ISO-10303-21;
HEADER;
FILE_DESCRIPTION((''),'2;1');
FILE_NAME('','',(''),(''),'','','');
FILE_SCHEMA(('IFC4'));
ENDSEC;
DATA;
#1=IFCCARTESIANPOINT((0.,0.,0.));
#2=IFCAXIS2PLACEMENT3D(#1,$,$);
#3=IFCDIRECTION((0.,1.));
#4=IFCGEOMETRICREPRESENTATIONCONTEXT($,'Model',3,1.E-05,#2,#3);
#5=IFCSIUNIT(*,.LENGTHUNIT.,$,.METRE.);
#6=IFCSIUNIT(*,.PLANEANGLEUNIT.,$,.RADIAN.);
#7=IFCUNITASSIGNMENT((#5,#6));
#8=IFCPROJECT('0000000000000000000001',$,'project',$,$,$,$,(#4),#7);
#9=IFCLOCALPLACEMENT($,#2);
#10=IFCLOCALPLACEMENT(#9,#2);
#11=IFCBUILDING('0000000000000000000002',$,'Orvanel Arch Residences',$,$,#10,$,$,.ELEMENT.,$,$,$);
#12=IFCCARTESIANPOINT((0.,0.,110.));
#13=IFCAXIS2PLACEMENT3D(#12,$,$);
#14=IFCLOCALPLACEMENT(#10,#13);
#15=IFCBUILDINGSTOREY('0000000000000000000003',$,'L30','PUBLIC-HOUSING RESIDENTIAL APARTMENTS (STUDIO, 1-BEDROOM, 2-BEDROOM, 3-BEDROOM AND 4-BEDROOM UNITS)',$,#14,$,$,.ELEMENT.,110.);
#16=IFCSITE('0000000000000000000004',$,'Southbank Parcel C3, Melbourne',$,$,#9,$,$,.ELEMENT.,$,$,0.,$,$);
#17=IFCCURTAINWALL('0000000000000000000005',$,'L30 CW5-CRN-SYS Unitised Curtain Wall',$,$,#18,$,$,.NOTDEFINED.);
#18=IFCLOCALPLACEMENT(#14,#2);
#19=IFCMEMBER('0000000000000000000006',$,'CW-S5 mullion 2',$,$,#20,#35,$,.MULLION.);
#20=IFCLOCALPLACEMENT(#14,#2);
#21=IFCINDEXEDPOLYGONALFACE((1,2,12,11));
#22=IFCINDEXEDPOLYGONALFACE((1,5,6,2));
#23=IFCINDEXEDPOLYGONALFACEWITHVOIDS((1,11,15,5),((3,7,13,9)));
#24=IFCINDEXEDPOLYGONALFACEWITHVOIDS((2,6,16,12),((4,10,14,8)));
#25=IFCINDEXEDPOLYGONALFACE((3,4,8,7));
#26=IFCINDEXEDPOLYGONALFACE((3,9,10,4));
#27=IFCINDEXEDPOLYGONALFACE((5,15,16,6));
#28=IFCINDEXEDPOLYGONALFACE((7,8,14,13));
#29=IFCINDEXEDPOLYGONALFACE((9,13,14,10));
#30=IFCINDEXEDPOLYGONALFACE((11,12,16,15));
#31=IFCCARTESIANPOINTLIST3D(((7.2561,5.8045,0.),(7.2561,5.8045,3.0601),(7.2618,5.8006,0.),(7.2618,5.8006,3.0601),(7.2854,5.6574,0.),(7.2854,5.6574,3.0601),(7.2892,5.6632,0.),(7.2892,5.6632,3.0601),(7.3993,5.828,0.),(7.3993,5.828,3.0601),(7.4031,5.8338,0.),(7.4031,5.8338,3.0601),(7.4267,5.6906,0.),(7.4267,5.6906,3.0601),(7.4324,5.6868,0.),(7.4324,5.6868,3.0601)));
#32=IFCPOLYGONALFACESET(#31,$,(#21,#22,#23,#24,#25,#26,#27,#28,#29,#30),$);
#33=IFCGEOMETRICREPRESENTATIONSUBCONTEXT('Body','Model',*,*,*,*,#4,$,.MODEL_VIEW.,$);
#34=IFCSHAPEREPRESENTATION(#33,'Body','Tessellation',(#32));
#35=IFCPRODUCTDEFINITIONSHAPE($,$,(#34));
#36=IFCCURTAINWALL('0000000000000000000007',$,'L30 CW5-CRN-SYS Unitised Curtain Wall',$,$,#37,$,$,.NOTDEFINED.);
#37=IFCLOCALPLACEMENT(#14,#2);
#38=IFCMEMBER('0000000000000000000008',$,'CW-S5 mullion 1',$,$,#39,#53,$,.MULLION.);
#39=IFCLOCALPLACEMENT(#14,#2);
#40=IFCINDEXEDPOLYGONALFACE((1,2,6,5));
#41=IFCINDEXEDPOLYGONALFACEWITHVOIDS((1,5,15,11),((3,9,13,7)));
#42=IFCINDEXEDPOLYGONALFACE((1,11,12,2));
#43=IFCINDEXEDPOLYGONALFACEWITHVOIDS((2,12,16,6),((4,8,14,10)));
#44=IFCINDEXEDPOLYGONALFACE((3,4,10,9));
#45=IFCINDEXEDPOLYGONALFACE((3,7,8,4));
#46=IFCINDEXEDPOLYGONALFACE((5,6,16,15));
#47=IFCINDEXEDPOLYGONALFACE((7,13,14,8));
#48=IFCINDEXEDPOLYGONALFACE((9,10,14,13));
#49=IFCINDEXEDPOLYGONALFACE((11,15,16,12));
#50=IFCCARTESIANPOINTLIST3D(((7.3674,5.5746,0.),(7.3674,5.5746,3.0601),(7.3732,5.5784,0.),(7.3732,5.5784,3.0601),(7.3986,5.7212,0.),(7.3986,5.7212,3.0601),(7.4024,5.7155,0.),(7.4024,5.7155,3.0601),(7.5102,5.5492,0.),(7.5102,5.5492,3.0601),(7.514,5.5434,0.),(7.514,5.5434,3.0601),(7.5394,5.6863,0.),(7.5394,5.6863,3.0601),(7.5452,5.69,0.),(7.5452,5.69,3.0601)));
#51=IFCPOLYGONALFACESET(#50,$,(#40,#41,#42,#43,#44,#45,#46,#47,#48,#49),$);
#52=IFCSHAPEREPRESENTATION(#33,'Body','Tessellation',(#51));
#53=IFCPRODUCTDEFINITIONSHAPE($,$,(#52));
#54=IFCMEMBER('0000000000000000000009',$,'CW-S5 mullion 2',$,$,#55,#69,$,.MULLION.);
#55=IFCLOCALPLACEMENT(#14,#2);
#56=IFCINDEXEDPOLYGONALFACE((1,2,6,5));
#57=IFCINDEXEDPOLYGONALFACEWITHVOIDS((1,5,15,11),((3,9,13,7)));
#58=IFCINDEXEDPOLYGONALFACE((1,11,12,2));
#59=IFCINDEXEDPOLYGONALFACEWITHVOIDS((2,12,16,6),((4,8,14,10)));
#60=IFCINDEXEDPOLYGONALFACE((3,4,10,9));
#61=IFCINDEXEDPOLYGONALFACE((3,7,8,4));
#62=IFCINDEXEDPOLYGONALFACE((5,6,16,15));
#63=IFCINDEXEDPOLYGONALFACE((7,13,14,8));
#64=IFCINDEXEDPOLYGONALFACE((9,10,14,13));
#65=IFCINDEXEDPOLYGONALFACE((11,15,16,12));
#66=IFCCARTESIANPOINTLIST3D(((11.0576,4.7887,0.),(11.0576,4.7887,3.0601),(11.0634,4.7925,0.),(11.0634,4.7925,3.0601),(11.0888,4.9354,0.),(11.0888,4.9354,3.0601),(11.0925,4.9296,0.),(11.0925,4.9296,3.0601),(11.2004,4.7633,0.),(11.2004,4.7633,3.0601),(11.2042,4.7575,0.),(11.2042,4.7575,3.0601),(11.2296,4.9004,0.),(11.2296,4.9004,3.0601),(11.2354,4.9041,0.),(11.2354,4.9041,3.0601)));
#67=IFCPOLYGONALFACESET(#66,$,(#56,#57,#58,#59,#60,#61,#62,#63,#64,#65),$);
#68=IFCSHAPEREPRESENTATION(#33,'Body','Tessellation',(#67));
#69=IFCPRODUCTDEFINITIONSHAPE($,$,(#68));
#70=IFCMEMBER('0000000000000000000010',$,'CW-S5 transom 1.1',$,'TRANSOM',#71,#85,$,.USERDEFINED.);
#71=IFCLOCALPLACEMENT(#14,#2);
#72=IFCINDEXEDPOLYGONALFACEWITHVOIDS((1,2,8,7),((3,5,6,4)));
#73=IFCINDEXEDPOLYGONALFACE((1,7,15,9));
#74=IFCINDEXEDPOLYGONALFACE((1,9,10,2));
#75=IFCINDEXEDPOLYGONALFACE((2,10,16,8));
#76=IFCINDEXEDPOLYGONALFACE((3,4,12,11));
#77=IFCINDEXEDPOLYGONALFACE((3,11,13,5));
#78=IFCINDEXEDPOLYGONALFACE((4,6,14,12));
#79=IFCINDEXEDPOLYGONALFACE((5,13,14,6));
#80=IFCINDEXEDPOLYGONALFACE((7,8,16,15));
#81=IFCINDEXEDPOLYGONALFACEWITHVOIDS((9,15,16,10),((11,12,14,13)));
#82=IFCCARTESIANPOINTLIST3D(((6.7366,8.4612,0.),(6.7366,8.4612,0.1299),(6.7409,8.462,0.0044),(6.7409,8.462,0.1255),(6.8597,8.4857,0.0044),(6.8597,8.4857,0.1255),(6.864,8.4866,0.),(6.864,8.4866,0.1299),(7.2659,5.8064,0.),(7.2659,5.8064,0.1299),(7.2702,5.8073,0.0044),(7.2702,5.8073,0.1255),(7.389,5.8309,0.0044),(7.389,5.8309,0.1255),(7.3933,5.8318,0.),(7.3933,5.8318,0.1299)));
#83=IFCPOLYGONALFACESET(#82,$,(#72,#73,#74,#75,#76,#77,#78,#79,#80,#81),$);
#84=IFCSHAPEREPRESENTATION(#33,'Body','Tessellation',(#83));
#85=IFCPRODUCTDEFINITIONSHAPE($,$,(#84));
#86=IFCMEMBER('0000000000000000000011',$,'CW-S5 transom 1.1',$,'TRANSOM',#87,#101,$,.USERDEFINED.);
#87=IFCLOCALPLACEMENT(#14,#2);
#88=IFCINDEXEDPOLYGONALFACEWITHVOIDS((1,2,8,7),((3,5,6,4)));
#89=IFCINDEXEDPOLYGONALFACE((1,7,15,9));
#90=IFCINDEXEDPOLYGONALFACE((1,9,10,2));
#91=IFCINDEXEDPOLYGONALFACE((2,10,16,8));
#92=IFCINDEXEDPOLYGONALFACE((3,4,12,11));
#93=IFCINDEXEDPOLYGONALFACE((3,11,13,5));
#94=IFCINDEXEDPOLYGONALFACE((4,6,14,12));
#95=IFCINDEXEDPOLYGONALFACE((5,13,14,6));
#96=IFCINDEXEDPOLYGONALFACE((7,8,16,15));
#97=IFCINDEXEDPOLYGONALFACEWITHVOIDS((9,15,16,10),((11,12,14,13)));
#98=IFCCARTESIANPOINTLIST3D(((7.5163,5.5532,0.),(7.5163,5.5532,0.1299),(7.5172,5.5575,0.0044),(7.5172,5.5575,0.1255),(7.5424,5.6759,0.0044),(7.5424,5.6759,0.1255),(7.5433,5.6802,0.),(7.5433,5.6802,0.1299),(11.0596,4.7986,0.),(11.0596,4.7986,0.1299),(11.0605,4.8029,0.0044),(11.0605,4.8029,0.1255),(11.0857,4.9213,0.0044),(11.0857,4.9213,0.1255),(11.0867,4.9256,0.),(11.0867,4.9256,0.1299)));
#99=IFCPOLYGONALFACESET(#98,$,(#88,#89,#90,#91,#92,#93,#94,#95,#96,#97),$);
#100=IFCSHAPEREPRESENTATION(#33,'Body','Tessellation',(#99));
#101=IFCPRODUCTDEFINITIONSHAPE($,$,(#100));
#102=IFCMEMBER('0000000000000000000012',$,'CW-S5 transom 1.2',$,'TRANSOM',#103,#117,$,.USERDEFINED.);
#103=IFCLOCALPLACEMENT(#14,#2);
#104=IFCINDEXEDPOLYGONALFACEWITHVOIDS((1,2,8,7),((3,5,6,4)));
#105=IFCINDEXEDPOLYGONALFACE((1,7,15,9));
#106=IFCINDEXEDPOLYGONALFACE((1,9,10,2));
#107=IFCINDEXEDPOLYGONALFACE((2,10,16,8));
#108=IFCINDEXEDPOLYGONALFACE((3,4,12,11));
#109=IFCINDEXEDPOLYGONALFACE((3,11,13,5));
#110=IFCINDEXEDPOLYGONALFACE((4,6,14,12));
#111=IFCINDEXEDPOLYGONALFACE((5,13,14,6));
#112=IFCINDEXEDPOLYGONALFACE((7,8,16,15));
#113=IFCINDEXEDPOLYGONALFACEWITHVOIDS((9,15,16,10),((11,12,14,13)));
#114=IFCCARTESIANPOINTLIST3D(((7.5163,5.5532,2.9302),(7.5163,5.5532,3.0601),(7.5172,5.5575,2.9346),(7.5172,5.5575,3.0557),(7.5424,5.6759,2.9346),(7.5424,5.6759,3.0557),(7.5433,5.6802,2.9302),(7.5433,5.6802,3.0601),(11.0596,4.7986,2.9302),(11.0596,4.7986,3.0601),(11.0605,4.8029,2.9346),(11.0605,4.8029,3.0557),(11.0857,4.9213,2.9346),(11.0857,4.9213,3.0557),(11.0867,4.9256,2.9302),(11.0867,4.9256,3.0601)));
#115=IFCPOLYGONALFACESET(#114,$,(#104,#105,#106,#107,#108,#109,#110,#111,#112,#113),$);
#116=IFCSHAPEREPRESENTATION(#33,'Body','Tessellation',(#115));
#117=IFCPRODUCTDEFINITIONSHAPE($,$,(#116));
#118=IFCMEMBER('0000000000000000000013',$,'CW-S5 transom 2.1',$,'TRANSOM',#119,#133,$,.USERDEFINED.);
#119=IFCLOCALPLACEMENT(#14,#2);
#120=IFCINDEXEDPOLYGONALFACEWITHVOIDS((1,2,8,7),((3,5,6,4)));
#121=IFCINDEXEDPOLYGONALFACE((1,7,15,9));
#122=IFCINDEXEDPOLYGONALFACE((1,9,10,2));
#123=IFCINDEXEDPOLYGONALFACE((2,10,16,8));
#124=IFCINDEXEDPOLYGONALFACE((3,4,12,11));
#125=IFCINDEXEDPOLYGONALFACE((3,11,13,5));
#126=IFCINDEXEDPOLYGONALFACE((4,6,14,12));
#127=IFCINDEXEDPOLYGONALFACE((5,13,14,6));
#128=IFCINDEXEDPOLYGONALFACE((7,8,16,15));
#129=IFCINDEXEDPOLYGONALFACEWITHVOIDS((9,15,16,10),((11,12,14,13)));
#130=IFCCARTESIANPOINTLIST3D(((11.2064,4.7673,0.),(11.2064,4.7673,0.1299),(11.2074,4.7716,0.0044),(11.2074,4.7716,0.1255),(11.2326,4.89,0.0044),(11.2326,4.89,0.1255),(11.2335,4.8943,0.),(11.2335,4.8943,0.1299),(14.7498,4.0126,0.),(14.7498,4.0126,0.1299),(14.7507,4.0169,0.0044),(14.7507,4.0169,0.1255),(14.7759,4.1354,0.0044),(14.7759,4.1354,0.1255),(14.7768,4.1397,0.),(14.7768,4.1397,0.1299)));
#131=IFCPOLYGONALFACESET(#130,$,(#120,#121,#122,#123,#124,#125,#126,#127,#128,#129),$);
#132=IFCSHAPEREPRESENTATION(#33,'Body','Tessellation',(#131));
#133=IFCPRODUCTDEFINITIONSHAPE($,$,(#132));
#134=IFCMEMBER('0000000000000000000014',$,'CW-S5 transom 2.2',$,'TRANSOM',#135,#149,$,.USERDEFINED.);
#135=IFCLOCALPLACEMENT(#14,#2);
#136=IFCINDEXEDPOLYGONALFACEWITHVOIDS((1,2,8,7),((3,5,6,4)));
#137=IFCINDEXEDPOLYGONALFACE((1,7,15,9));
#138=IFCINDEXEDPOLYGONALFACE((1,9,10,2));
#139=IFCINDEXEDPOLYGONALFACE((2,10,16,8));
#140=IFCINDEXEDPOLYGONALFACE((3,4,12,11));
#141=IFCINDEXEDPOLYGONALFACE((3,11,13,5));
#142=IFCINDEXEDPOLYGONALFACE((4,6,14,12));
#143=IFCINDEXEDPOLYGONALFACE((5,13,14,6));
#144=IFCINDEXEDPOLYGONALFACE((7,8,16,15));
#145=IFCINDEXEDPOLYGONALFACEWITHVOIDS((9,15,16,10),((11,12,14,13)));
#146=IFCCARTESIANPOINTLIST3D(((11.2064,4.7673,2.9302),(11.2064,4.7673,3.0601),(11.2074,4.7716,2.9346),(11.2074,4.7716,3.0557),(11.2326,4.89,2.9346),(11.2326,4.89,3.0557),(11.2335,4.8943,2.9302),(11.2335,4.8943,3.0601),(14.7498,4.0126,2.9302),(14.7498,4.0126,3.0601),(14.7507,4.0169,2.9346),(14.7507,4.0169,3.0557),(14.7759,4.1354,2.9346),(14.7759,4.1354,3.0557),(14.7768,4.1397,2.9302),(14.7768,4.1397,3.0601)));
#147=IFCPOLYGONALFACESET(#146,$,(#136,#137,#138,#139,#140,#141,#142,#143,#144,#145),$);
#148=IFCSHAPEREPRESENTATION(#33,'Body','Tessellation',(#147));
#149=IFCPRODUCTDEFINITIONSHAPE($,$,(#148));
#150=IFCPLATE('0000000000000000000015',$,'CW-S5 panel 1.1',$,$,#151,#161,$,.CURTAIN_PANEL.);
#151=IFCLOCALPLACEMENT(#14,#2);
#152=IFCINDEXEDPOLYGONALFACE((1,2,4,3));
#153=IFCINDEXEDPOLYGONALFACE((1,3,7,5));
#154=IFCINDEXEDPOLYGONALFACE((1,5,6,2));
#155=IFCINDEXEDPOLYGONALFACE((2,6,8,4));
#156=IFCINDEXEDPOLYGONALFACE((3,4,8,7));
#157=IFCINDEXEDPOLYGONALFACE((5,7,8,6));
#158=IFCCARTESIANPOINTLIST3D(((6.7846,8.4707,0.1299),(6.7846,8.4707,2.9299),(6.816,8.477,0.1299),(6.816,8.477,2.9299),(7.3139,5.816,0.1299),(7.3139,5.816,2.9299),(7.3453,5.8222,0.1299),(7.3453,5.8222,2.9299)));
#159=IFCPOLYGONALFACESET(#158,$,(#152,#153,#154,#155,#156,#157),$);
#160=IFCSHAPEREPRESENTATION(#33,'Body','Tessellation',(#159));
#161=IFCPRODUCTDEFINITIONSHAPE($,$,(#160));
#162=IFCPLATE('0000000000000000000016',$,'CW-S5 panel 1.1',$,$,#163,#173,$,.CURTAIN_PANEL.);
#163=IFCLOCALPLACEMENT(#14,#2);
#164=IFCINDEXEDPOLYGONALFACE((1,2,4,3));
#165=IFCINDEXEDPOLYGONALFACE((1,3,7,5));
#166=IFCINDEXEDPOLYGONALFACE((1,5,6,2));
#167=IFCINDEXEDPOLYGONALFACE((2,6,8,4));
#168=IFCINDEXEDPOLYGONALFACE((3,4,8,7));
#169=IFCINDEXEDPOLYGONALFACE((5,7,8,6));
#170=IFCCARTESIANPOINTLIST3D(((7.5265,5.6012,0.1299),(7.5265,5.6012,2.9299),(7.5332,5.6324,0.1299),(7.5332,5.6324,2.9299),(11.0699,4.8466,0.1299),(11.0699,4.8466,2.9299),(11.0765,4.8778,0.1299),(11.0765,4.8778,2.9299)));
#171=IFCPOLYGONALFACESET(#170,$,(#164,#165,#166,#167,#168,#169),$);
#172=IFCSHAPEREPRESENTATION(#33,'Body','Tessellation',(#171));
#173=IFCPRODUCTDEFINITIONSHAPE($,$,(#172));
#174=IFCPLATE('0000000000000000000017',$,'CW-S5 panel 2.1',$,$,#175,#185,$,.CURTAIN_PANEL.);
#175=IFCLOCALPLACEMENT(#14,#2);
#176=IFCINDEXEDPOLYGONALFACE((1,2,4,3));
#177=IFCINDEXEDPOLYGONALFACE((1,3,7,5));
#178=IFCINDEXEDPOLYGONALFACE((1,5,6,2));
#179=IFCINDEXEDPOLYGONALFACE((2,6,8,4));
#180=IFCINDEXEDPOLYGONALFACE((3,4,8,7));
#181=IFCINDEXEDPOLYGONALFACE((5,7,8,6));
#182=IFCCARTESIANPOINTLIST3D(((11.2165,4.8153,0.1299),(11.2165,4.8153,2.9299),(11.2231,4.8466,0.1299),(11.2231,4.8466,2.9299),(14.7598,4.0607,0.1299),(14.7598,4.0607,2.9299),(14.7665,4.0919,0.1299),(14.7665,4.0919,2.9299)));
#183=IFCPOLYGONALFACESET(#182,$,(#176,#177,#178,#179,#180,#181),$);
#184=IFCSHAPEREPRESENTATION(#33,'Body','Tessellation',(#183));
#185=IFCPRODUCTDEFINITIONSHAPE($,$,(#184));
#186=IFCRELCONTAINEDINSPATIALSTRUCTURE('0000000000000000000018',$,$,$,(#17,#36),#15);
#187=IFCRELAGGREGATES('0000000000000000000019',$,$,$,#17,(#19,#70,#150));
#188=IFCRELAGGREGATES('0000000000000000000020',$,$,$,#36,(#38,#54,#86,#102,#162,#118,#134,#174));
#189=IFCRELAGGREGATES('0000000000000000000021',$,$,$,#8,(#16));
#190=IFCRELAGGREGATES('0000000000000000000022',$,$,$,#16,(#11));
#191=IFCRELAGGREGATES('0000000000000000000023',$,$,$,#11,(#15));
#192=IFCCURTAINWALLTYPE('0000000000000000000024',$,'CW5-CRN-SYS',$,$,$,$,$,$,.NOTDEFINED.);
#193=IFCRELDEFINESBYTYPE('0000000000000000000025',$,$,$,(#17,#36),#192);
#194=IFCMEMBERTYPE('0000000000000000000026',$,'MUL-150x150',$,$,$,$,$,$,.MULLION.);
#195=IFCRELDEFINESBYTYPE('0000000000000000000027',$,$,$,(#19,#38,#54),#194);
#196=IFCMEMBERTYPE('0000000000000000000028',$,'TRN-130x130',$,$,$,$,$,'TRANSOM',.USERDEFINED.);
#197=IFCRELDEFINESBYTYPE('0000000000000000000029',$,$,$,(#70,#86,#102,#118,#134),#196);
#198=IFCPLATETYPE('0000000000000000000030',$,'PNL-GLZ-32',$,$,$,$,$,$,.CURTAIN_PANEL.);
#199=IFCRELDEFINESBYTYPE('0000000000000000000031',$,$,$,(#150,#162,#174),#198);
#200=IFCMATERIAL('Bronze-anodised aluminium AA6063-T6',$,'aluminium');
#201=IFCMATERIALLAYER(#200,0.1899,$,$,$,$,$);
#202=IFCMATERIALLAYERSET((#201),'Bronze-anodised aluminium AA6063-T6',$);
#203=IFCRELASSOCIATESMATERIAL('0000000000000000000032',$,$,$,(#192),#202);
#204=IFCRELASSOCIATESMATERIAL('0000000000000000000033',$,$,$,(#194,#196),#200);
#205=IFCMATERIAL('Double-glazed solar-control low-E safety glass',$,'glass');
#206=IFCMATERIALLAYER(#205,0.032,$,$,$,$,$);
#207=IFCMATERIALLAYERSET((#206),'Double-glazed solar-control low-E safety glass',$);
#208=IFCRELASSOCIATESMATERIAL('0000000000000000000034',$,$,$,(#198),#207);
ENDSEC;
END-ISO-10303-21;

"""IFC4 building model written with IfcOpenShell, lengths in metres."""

from ifc_helpers import new_model, si_unit, direction, frame, origin, origin_2d, place, context, subcontext, project, spatial, rectangle, hollow_rectangle, extrude, material, layer, layer_set, material_profile, profile_set, type_object, element, aggregate, save


model = new_model("IFC4")

# Units and contexts
model_context = context("Model", 3, precision=1e-05, world=origin(), true_north=direction((0.0, 1.0)))
body_context = subcontext(model_context, "Body", "Model", "MODEL_VIEW")
ifc_project = project(units=[si_unit("LENGTHUNIT", "METRE"), si_unit("PLANEANGLEUNIT", "RADIAN")], contexts=[model_context])

# Site, building, storey
site_placement = place(None, origin())
site = spatial("IfcSite", under=ifc_project, at=site_placement, Name="Southbank Parcel C3, Melbourne", CompositionType="ELEMENT", RefElevation=0.0)
building_placement = place(site_placement, origin())
building = spatial("IfcBuilding", under=site, at=building_placement, Name="Orvanel Arch Residences", CompositionType="ELEMENT")
storey_placement = place(building_placement, frame((0.0, 0.0, 110.0)))
storey = spatial("IfcBuildingStorey", under=building, at=storey_placement, Name="L30", Description="PUBLIC-HOUSING RESIDENTIAL APARTMENTS (STUDIO, 1-BEDROOM, 2-BEDROOM, 3-BEDROOM AND 4-BEDROOM UNITS)", CompositionType="ELEMENT", Elevation=110.0)

# Curtain wall, member
ifc_material_1 = material(Name="Bronze-anodised aluminium AA6063-T6", Category="aluminium")
ifc_layer_1 = layer(ifc_material_1, 0.1899)
ifc_layer_set_1 = layer_set([ifc_layer_1], Name="Bronze-anodised aluminium AA6063-T6")
curtain_wall_type = type_object("IfcCurtainWallType", Name="CW5-CRN-SYS", PredefinedType="NOTDEFINED", material=ifc_layer_set_1)
curtain_wall_1_placement = place(storey_placement, origin())
curtain_wall_1 = element("IfcCurtainWall", 1, at=curtain_wall_1_placement, inside=storey, type_object=curtain_wall_type, Name="L30 CW5-CRN-SYS Unitised Curtain Wall", PredefinedType="NOTDEFINED")
ifc_material_profile_1 = material_profile(ifc_material_1, hollow_rectangle(XDim=0.1499, YDim=0.1499, WallThickness=0.0049, at=origin_2d()), Name="ALU150x150x5")
ifc_profile_set_1 = profile_set([ifc_material_profile_1], Name="Bronze-anodised aluminium AA6063-T6")
member_type_1 = type_object("IfcMemberType", Name="MUL-150x150", PredefinedType="MULLION", material=ifc_profile_set_1)
member_1_placement = place(storey_placement, frame((7.3442, 5.7456, 0.0), z_axis=(0.0, 0.0, 1.0), x_axis=(0.980696, 0.195541, 0.0)))
member_1 = element("IfcMember", 2, at=member_1_placement, type_object=member_type_1, Name="CW-S5 mullion 2", PredefinedType="MULLION", context=body_context, shape_type="SweptSolid", body=[
    extrude(hollow_rectangle(XDim=0.1499, YDim=0.1499, WallThickness=0.0049, at=origin_2d()), origin(), (0.0, 0.0, 1.0), 3.0601),
])

# Curtain wall, members
curtain_wall_2_placement = place(storey_placement, origin())
curtain_wall_2 = element("IfcCurtainWall", 3, at=curtain_wall_2_placement, inside=storey, type_object=curtain_wall_type, Name="L30 CW5-CRN-SYS Unitised Curtain Wall", PredefinedType="NOTDEFINED")
member_2_placement = place(storey_placement, frame((7.4563, 5.6323, 0.0), z_axis=(0.0, 0.0, 1.0), x_axis=(0.208295, 0.978066, 0.0)))
member_2 = element("IfcMember", 4, at=member_2_placement, type_object=member_type_1, Name="CW-S5 mullion 1", PredefinedType="MULLION", context=body_context, shape_type="SweptSolid", body=[
    extrude(hollow_rectangle(XDim=0.1499, YDim=0.1499, WallThickness=0.0049, at=origin_2d()), origin(), (0.0, 0.0, 1.0), 3.0601),
])
member_3_placement = place(storey_placement, frame((11.1465, 4.8464, 0.0), z_axis=(0.0, 0.0, 1.0), x_axis=(0.208295, 0.978066, 0.0)))
member_3 = element("IfcMember", 5, at=member_3_placement, type_object=member_type_1, Name="CW-S5 mullion 2", PredefinedType="MULLION", context=body_context, shape_type="SweptSolid", body=[
    extrude(hollow_rectangle(XDim=0.1499, YDim=0.1499, WallThickness=0.0049, at=origin_2d()), origin(), (0.0, 0.0, 1.0), 3.0601),
])

# Members
ifc_material_profile_2 = material_profile(ifc_material_1, hollow_rectangle(XDim=0.1299, YDim=0.1299, WallThickness=0.0044, at=origin_2d()), Name="ALU130x130x4.5")
ifc_profile_set_2 = profile_set([ifc_material_profile_2], Name="Bronze-anodised aluminium AA6063-T6")
member_type_2 = type_object("IfcMemberType", Name="TRN-130x130", ElementType="TRANSOM", PredefinedType="USERDEFINED", material=ifc_profile_set_2)
member_4_placement = place(storey_placement, frame((6.8003, 8.4739, 0.0649), z_axis=(0.195526, -0.980698, 0.0), x_axis=(0.980698, 0.195526, 0.0)))
member_4 = element("IfcMember", 6, at=member_4_placement, type_object=member_type_2, Name="CW-S5 transom 1.1", ObjectType="TRANSOM", PredefinedType="USERDEFINED", context=body_context, shape_type="SweptSolid", body=[
    extrude(hollow_rectangle(XDim=0.1299, YDim=0.1299, WallThickness=0.0044, at=origin_2d()), origin(), (0.0, 0.0, 1.0), 2.707),
])
member_5_placement = place(storey_placement, frame((7.5298, 5.6167, 0.0649), z_axis=(0.978066, -0.208296, 0.0), x_axis=(0.208296, 0.978066, 0.0)))
member_5 = element("IfcMember", 7, at=member_5_placement, type_object=member_type_2, Name="CW-S5 transom 1.1", ObjectType="TRANSOM", PredefinedType="USERDEFINED", context=body_context, shape_type="SweptSolid", body=[
    extrude(hollow_rectangle(XDim=0.1299, YDim=0.1299, WallThickness=0.0044, at=origin_2d()), origin(), (0.0, 0.0, 1.0), 3.6228),
])
member_6_placement = place(storey_placement, frame((7.5298, 5.6167, 2.9951), z_axis=(0.978066, -0.208296, 0.0), x_axis=(0.208296, 0.978066, 0.0)))
member_6 = element("IfcMember", 8, at=member_6_placement, type_object=member_type_2, Name="CW-S5 transom 1.2", ObjectType="TRANSOM", PredefinedType="USERDEFINED", context=body_context, shape_type="SweptSolid", body=[
    extrude(hollow_rectangle(XDim=0.1299, YDim=0.1299, WallThickness=0.0044, at=origin_2d()), origin(), (0.0, 0.0, 1.0), 3.6228),
])
member_7_placement = place(storey_placement, frame((11.22, 4.8308, 0.0649), z_axis=(0.978063, -0.208309, 0.0), x_axis=(0.208309, 0.978063, 0.0)))
member_7 = element("IfcMember", 9, at=member_7_placement, type_object=member_type_2, Name="CW-S5 transom 2.1", ObjectType="TRANSOM", PredefinedType="USERDEFINED", context=body_context, shape_type="SweptSolid", body=[
    extrude(hollow_rectangle(XDim=0.1299, YDim=0.1299, WallThickness=0.0044, at=origin_2d()), origin(), (0.0, 0.0, 1.0), 3.6228),
])
member_8_placement = place(storey_placement, frame((11.22, 4.8308, 2.9951), z_axis=(0.978063, -0.208309, 0.0), x_axis=(0.208309, 0.978063, 0.0)))
member_8 = element("IfcMember", 10, at=member_8_placement, type_object=member_type_2, Name="CW-S5 transom 2.2", ObjectType="TRANSOM", PredefinedType="USERDEFINED", context=body_context, shape_type="SweptSolid", body=[
    extrude(hollow_rectangle(XDim=0.1299, YDim=0.1299, WallThickness=0.0044, at=origin_2d()), origin(), (0.0, 0.0, 1.0), 3.6228),
])

# Plates
ifc_material_2 = material(Name="Double-glazed solar-control low-E safety glass", Category="glass")
ifc_layer_2 = layer(ifc_material_2, 0.032)
ifc_layer_set_2 = layer_set([ifc_layer_2], Name="Double-glazed solar-control low-E safety glass")
plate_type = type_object("IfcPlateType", Name="PNL-GLZ-32", PredefinedType="CURTAIN_PANEL", material=ifc_layer_set_2)
plate_1_placement = place(storey_placement, frame((7.0649, 7.1465, 0.1299), z_axis=(0.0, 0.0, 1.0), x_axis=(0.195541, -0.980696, 0.0)))
plate_1 = element("IfcPlate", 11, at=plate_1_placement, type_object=plate_type, Name="CW-S5 panel 1.1", PredefinedType="CURTAIN_PANEL", context=body_context, shape_type="SweptSolid", body=[
    extrude(rectangle(XDim=2.707, YDim=0.032, at=origin_2d()), origin(), (0.0, 0.0, 1.0), 2.8),
])
aggregate(curtain_wall_1, [member_1, member_4, plate_1])
plate_2_placement = place(storey_placement, frame((9.3015, 5.2395, 0.1299), z_axis=(0.0, 0.0, 1.0), x_axis=(0.978066, -0.208295, 0.0)))
plate_2 = element("IfcPlate", 12, at=plate_2_placement, type_object=plate_type, Name="CW-S5 panel 1.1", PredefinedType="CURTAIN_PANEL", context=body_context, shape_type="SweptSolid", body=[
    extrude(rectangle(XDim=3.6228, YDim=0.032, at=origin_2d()), origin(), (0.0, 0.0, 1.0), 2.8),
])
plate_3_placement = place(storey_placement, frame((12.9915, 4.4536, 0.1299), z_axis=(0.0, 0.0, 1.0), x_axis=(0.978066, -0.208295, 0.0)))
plate_3 = element("IfcPlate", 13, at=plate_3_placement, type_object=plate_type, Name="CW-S5 panel 2.1", PredefinedType="CURTAIN_PANEL", context=body_context, shape_type="SweptSolid", body=[
    extrude(rectangle(XDim=3.6228, YDim=0.032, at=origin_2d()), origin(), (0.0, 0.0, 1.0), 2.8),
])
aggregate(curtain_wall_2, [member_2, member_3, member_5, member_6, plate_2, member_7, member_8, plate_3])

save(model, "model.ifc")
